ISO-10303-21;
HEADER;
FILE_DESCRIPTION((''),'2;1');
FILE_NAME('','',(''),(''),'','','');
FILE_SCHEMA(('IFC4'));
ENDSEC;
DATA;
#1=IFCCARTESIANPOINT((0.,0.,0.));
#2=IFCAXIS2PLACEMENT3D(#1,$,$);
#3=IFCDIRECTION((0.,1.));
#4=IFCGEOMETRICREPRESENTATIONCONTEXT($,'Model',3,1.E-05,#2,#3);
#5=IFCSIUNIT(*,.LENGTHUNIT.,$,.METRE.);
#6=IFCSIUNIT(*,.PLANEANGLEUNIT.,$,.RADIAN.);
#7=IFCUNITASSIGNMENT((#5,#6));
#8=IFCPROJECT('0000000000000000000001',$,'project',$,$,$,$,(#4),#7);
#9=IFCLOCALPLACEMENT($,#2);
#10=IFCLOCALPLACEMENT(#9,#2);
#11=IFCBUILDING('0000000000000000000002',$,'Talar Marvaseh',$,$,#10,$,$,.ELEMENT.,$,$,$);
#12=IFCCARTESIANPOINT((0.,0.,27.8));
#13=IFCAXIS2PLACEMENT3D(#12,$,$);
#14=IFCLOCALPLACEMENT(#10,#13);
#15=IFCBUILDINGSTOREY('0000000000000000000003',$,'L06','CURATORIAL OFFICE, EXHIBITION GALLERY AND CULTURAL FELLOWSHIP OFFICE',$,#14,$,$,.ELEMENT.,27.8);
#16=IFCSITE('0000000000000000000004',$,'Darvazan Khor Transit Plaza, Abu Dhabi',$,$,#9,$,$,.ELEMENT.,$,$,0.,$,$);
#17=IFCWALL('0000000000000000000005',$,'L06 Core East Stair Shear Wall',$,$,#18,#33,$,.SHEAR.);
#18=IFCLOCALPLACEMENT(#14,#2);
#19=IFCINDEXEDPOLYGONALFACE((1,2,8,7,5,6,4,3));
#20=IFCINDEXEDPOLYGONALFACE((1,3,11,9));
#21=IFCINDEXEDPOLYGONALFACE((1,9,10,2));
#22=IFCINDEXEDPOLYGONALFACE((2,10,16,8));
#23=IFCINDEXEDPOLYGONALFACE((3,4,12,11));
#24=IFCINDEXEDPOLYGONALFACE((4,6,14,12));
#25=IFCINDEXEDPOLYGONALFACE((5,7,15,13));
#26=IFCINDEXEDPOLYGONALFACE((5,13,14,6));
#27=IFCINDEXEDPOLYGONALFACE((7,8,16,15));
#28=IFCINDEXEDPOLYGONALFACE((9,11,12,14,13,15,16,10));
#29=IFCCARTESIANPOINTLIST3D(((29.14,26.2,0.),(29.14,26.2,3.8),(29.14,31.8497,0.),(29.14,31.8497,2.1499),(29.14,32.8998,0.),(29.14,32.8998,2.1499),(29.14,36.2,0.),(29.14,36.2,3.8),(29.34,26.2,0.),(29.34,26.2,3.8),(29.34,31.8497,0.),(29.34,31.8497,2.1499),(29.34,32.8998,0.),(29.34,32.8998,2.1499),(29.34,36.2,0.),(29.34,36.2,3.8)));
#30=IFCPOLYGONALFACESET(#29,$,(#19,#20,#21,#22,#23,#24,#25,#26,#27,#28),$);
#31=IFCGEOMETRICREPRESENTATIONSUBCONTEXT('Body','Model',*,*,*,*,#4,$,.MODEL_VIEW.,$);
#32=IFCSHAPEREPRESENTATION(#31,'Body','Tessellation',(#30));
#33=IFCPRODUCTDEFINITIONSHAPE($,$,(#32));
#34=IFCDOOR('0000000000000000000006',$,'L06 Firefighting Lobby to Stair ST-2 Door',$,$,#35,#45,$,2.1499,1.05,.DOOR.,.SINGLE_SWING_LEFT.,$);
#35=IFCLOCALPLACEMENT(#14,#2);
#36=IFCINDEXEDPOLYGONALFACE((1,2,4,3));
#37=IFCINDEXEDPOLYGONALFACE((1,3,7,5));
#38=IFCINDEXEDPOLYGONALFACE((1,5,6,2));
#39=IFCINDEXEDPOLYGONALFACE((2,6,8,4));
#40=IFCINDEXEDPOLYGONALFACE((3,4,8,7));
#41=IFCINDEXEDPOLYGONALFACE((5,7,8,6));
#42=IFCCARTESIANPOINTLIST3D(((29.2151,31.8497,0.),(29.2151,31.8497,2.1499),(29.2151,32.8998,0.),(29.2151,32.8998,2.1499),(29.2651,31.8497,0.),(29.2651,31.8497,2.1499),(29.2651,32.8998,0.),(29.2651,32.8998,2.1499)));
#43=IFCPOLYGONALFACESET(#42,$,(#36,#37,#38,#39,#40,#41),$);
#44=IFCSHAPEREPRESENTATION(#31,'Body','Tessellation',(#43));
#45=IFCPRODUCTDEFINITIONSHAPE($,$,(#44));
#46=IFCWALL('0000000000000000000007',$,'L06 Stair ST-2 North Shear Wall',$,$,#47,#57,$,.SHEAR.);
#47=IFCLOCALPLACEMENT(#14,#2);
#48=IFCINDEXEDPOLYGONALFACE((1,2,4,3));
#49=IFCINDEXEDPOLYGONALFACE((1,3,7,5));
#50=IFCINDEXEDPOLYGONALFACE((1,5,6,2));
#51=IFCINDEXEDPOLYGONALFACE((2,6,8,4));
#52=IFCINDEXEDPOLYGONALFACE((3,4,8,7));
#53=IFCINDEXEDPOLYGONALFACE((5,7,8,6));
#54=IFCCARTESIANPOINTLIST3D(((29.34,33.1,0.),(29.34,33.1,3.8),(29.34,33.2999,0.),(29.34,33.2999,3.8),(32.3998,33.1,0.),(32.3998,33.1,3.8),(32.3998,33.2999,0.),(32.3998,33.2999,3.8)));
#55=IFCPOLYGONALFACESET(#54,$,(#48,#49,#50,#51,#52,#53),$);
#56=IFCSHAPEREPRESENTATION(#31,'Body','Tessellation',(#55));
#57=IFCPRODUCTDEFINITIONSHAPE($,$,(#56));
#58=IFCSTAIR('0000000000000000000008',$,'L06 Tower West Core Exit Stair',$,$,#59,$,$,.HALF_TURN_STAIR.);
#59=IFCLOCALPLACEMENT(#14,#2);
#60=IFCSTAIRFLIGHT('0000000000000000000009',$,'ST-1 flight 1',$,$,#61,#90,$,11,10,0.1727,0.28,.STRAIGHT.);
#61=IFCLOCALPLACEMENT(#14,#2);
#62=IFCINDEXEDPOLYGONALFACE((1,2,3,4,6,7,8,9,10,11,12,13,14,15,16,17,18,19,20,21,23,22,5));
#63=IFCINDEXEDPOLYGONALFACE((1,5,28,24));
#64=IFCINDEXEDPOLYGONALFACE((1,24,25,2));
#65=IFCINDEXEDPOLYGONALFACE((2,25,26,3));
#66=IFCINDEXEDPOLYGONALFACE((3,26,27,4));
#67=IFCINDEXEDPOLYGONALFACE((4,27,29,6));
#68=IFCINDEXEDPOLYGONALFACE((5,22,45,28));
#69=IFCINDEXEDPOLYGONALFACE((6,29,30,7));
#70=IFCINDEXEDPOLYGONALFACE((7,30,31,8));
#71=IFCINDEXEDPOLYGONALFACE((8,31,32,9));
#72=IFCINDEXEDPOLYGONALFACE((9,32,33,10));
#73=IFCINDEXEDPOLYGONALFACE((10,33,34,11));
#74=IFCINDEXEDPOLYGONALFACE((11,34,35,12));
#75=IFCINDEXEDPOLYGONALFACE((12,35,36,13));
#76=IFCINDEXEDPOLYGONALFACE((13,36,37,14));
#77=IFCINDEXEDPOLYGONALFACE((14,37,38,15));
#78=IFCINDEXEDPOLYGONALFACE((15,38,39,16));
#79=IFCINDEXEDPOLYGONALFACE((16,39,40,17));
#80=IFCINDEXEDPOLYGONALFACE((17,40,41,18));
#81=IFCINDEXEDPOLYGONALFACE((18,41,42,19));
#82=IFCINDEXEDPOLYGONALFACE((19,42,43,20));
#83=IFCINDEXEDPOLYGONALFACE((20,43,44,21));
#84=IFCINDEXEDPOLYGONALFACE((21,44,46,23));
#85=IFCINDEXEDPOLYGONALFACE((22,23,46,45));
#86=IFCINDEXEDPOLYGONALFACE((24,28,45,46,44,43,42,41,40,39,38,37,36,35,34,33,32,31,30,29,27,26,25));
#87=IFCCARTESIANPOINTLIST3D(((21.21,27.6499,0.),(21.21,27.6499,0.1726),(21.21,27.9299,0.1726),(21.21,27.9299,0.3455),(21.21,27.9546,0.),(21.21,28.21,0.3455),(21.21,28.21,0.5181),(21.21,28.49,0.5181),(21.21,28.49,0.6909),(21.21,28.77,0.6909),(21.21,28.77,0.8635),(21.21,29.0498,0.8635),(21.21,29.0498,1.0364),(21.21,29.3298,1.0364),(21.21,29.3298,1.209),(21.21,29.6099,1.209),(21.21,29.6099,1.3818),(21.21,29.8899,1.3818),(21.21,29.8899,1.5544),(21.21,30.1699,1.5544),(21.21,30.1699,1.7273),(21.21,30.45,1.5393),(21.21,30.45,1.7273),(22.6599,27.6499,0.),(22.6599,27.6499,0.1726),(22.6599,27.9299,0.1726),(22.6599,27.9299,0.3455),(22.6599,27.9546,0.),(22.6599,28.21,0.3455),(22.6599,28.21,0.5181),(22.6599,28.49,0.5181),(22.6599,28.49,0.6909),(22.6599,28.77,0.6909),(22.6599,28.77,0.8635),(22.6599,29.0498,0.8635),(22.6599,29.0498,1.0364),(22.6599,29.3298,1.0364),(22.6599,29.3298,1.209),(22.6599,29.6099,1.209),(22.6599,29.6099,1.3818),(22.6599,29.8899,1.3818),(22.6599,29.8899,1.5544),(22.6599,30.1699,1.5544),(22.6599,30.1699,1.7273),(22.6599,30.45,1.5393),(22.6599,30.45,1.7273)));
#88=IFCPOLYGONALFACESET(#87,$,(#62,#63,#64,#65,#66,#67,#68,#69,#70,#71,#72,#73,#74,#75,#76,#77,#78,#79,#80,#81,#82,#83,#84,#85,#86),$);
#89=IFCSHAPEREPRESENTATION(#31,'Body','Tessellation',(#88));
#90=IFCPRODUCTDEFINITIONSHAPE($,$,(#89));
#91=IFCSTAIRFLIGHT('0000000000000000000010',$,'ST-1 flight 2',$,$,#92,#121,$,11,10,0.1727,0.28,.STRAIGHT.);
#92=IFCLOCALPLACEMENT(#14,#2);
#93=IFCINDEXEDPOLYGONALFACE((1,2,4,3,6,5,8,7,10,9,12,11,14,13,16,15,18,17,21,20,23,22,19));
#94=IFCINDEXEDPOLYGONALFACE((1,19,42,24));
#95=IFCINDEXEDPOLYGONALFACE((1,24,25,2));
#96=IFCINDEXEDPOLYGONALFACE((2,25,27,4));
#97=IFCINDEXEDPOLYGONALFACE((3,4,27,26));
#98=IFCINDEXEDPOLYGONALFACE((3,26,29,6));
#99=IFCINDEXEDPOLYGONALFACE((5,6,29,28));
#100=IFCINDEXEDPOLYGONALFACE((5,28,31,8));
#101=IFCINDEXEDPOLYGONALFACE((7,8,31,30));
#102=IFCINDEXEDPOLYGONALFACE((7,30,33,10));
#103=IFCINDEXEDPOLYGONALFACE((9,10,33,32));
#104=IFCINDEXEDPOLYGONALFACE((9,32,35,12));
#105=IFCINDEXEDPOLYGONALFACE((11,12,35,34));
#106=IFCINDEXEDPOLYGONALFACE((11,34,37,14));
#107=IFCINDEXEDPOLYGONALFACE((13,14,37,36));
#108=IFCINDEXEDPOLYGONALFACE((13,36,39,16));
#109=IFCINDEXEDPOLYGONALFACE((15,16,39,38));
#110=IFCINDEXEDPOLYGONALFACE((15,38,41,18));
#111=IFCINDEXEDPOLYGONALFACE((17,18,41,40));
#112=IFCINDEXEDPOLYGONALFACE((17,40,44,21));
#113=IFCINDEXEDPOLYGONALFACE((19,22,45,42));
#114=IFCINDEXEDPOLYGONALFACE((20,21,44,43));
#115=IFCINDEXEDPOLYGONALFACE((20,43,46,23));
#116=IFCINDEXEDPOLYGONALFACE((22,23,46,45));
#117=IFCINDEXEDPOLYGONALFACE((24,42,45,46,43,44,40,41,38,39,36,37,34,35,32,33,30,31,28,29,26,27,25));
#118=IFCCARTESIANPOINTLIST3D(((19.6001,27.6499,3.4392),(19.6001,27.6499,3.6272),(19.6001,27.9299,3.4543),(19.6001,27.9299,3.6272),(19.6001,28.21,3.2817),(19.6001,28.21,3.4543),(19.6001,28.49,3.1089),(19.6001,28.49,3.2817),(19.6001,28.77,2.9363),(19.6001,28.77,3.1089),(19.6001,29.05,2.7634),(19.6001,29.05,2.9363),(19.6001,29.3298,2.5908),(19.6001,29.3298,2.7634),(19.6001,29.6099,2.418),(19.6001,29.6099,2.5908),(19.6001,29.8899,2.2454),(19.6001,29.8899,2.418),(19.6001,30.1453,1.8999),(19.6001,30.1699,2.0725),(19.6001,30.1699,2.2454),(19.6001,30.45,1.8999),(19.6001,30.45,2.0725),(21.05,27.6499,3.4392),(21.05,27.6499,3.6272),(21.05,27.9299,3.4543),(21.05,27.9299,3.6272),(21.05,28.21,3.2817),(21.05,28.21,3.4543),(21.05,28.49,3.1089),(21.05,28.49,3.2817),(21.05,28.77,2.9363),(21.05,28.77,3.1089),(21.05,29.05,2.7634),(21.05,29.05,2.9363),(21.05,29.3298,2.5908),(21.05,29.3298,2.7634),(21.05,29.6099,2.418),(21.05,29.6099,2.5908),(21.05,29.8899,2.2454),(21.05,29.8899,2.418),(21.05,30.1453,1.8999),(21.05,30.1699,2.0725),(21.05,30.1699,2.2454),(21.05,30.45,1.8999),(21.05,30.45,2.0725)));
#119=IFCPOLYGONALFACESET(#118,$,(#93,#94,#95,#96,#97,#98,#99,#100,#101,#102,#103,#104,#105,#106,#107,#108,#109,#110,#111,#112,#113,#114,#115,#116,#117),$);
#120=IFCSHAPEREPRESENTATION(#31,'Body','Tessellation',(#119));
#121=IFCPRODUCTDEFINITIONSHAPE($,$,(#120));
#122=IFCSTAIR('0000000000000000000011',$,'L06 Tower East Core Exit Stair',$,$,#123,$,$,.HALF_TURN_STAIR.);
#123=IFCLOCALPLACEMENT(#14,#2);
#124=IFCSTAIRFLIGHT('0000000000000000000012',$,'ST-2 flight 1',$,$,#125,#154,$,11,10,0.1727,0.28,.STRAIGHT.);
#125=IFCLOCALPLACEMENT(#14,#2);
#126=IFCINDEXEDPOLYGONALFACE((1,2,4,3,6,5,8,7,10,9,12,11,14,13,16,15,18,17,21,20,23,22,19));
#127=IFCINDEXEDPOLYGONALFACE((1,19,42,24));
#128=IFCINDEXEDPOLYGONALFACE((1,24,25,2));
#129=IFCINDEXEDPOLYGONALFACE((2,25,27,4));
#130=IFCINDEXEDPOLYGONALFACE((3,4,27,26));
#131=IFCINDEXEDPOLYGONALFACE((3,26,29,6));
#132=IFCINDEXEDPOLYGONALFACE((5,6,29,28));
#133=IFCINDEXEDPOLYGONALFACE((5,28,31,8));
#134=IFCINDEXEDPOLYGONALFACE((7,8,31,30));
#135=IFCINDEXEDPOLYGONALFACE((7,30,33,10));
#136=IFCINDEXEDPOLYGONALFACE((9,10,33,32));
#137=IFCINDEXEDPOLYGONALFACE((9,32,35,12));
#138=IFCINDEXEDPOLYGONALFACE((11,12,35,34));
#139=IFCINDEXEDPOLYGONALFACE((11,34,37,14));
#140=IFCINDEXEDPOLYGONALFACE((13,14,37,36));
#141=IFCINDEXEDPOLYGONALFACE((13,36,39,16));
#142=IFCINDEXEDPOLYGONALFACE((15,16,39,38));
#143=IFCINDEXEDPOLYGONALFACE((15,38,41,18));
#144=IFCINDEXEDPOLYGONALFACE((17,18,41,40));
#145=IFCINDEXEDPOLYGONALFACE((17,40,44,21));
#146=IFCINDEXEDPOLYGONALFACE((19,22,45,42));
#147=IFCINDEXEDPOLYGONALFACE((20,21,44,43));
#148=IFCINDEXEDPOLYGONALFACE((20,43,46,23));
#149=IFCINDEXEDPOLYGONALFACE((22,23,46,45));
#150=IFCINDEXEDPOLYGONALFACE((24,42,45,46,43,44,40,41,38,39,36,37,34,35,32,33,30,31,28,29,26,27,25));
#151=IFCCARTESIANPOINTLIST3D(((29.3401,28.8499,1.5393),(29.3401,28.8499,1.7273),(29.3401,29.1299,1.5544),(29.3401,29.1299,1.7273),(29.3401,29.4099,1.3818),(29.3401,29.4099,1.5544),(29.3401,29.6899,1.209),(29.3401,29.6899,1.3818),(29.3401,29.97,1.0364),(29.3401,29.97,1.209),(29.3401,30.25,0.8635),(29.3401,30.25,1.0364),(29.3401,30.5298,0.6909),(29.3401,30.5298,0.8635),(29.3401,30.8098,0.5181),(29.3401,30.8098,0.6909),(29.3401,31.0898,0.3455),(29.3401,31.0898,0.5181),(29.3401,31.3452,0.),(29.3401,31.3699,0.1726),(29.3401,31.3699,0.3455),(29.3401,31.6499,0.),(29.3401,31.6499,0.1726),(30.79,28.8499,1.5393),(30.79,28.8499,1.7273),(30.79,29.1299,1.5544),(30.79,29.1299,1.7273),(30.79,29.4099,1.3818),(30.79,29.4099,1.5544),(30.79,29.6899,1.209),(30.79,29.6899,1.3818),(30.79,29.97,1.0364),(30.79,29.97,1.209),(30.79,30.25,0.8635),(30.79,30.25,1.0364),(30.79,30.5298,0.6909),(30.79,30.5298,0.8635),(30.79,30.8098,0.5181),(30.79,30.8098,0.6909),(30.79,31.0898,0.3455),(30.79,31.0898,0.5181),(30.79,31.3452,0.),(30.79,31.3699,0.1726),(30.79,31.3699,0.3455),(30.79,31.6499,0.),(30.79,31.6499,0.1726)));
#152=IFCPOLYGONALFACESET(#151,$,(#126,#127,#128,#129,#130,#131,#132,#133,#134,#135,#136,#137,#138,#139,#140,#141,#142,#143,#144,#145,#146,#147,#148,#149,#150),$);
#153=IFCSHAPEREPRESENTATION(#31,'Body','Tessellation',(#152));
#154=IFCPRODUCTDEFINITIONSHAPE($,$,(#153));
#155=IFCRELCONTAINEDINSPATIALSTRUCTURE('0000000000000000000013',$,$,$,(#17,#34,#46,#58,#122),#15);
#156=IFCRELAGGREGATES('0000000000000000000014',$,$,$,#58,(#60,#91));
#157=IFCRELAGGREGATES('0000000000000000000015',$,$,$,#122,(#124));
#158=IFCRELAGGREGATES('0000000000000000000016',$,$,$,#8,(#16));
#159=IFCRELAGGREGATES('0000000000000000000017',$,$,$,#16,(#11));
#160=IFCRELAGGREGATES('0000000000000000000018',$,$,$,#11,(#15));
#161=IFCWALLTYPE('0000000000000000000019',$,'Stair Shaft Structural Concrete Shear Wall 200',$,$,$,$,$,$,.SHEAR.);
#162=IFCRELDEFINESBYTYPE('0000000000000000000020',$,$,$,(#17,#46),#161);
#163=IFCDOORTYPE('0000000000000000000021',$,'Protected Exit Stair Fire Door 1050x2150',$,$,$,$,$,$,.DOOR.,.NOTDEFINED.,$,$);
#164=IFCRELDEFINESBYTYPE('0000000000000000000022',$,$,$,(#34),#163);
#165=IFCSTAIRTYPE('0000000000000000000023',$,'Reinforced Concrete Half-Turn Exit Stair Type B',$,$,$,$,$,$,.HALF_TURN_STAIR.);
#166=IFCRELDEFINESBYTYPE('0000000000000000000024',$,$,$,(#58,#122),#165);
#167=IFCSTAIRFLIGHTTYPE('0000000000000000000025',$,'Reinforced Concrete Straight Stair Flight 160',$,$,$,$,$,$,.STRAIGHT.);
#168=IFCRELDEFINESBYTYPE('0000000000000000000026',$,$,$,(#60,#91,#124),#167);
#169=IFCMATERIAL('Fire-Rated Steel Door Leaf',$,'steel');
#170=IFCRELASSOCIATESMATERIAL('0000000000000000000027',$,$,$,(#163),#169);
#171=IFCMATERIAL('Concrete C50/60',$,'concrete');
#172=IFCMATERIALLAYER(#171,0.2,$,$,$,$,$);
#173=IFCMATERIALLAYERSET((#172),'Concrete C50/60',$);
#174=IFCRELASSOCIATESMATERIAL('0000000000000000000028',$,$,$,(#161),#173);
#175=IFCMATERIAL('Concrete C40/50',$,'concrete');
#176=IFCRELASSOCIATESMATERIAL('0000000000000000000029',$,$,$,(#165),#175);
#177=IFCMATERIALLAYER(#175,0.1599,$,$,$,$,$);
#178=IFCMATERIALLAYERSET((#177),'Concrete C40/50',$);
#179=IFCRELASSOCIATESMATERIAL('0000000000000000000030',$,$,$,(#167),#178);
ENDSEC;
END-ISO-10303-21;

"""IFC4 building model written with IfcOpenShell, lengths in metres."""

from ifc_helpers import new_model, si_unit, direction, frame, frame_2d, origin, place, context, subcontext, project, spatial, polyline, rectangle, outline, extrude, source, transform, mapped, material, layer, layer_set, type_object, type_shapes, element, fill, aggregate, save


model = new_model("IFC4")

# Units and contexts
model_context = context("Model", 3, precision=1e-05, world=origin(), true_north=direction((0.0, 1.0)))
body_context = subcontext(model_context, "Body", "Model", "MODEL_VIEW")
ifc_project = project(units=[si_unit("LENGTHUNIT", "METRE"), si_unit("PLANEANGLEUNIT", "RADIAN")], contexts=[model_context])

# Site, building, storey
site_placement = place(None, origin())
site = spatial("IfcSite", under=ifc_project, at=site_placement, Name="Darvazan Khor Transit Plaza, Abu Dhabi", CompositionType="ELEMENT", RefElevation=0.0)
building_placement = place(site_placement, origin())
building = spatial("IfcBuilding", under=site, at=building_placement, Name="Talar Marvaseh", CompositionType="ELEMENT")
storey_placement = place(building_placement, frame((0.0, 0.0, 27.8)))
storey = spatial("IfcBuildingStorey", under=building, at=storey_placement, Name="L06", Description="CURATORIAL OFFICE, EXHIBITION GALLERY AND CULTURAL FELLOWSHIP OFFICE", CompositionType="ELEMENT", Elevation=27.8)

# Shared definitions
ifc_material_1 = material(Name="Concrete C40/50", Category="concrete")

# Shared definitions
ifc_material_2 = material(Name="Fire-Rated Steel Door Leaf", Category="steel")

# Shared definitions
door_type_1 = type_object("IfcDoorType", Name="Protected Exit Stair Fire Door 1050x2150", OperationType="NOTDEFINED", PredefinedType="DOOR", material=ifc_material_2)
shared_shape_1 = source(origin(), body_context, "Body", "SweptSolid", [
    extrude(rectangle(XDim=1.05, YDim=2.1499, at=frame_2d((0.5249, 1.075))), frame((0.0, 0.0249, 0.0), z_axis=(0.0, -1.0, 0.0), x_axis=(1.0, 0.0, 0.0)), (0.0, 0.0, 1.0), 0.05),
])
type_shapes(door_type_1, [shared_shape_1])

# Shared definitions
ifc_material_3 = material(Name="Concrete C50/60", Category="concrete")
ifc_layer_1 = layer(ifc_material_3, 0.2)
ifc_layer_set_1 = layer_set([ifc_layer_1], Name="Concrete C50/60")
wall_type_1 = type_object("IfcWallType", Name="Stair Shaft Structural Concrete Shear Wall 200", PredefinedType="SHEAR", material=ifc_layer_set_1)

# Wall, opening, door
wall_1_placement = place(storey_placement, frame((29.24, 26.2, 0.0), z_axis=(0.0, 0.0, 1.0), x_axis=(0.0, 1.0, 0.0)))
wall_1 = element("IfcWall", 1, at=wall_1_placement, inside=storey, type_object=wall_type_1, Name="L06 Core East Stair Shear Wall", PredefinedType="SHEAR", context=body_context, shape_type="SweptSolid", body=[
    extrude(rectangle(XDim=10.0, YDim=0.2, at=frame_2d((5.0, 0.0))), origin(), (0.0, 0.0, 1.0), 3.8),
])
opening_1_placement = place(wall_1_placement, frame((5.6499, 0.0, 0.0)))
opening_1 = element("IfcOpeningElement", 2, at=opening_1_placement, cuts=wall_1, PredefinedType="OPENING", context=body_context, shape_type="SweptSolid", body=[
    extrude(rectangle(XDim=1.05, YDim=2.1499, at=frame_2d((0.5249, 1.075))), frame((0.0, 0.1099, 0.0), z_axis=(0.0, -1.0, 0.0), x_axis=(1.0, 0.0, 0.0)), (0.0, 0.0, 1.0), 0.22),
])
door_1_placement = place(opening_1_placement, origin())
door_1 = element("IfcDoor", 3, at=door_1_placement, inside=storey, type_object=door_type_1, Name="L06 Firefighting Lobby to Stair ST-2 Door", OperationType="SINGLE_SWING_LEFT", OverallHeight=2.1499, OverallWidth=1.05, PredefinedType="DOOR", context=body_context, shape_type="MappedRepresentation", body=[
    mapped(shared_shape_1, transform((0.0, 0.0, 0.0), x_axis=(1.0, 0.0, 0.0), y_axis=(0.0, 1.0, 0.0), z_axis=(0.0, 0.0, 1.0), scale=1.0)),
])
fill(opening_1, door_1)

# Wall
wall_2_placement = place(storey_placement, frame((29.3401, 33.2, 0.0), z_axis=(0.0, 0.0, 1.0), x_axis=(1.0, 0.0, 0.0)))
element("IfcWall", 4, at=wall_2_placement, inside=storey, type_object=wall_type_1, Name="L06 Stair ST-2 North Shear Wall", PredefinedType="SHEAR", context=body_context, shape_type="SweptSolid", body=[
    extrude(rectangle(XDim=3.0598, YDim=0.2, at=frame_2d((1.5298, 0.0))), origin(), (0.0, 0.0, 1.0), 3.8),
])

# Stairs, stair flights
stair_type = type_object("IfcStairType", Name="Reinforced Concrete Half-Turn Exit Stair Type B", PredefinedType="HALF_TURN_STAIR", material=ifc_material_1)
stair_1_placement = place(storey_placement, origin())
stair_1 = element("IfcStair", 5, at=stair_1_placement, inside=storey, type_object=stair_type, Name="L06 Tower West Core Exit Stair", PredefinedType="HALF_TURN_STAIR")
ifc_layer_2 = layer(ifc_material_1, 0.1599)
ifc_layer_set_2 = layer_set([ifc_layer_2], Name="Concrete C40/50")
stair_flight_type = type_object("IfcStairFlightType", Name="Reinforced Concrete Straight Stair Flight 160", PredefinedType="STRAIGHT", material=ifc_layer_set_2)
stair_flight_1_placement = place(storey_placement, frame((21.9351, 27.6499, 0.0), z_axis=(0.0, 0.0, 1.0), x_axis=(0.0, 1.0, 0.0)))
stair_flight_1 = element("IfcStairFlight", 6, at=stair_flight_1_placement, type_object=stair_flight_type, Name="ST-1 flight 1", NumberOfRisers=11, NumberOfTreads=10, PredefinedType="STRAIGHT", RiserHeight=0.1727, TreadLength=0.28, context=body_context, shape_type="SweptSolid", body=[
    extrude(outline(polyline([(0.0, 0.0), (0.0, 0.1726), (0.28, 0.1726), (0.28, 0.3455), (0.5601, 0.3455), (0.5601, 0.5181), (0.8401, 0.5181), (0.8401, 0.6909), (1.1201, 0.6909), (1.1201, 0.8635), (1.3999, 0.8635), (1.3999, 1.0364), (1.6799, 1.0364), (1.6799, 1.209), (1.96, 1.209), (1.96, 1.3818), (2.24, 1.3818), (2.24, 1.5544), (2.52, 1.5544), (2.52, 1.7273), (2.8, 1.7273), (2.8, 1.8999), (2.8, 1.5393), (0.3047, 0.0), (0.0, 0.0)])), frame((0.0, 0.7251, 0.0), z_axis=(0.0, -1.0, 0.0), x_axis=(1.0, 0.0, 0.0)), (0.0, 0.0, 1.0), 1.45),
])
stair_flight_2_placement = place(storey_placement, frame((20.325, 30.45, 1.8999), z_axis=(0.0, 0.0, 1.0), x_axis=(0.0, -1.0, 0.0)))
stair_flight_2 = element("IfcStairFlight", 7, at=stair_flight_2_placement, type_object=stair_flight_type, Name="ST-1 flight 2", NumberOfRisers=11, NumberOfTreads=10, PredefinedType="STRAIGHT", RiserHeight=0.1727, TreadLength=0.28, context=body_context, shape_type="SweptSolid", body=[
    extrude(outline(polyline([(0.0, 0.0), (0.0, 0.1726), (0.28, 0.1726), (0.28, 0.3455), (0.5601, 0.3455), (0.5601, 0.5181), (0.8401, 0.5181), (0.8401, 0.6909), (1.1201, 0.6909), (1.1201, 0.8635), (1.3999, 0.8635), (1.3999, 1.0364), (1.6799, 1.0364), (1.6799, 1.209), (1.96, 1.209), (1.96, 1.3818), (2.24, 1.3818), (2.24, 1.5544), (2.52, 1.5544), (2.52, 1.7273), (2.8, 1.7273), (2.8, 1.8999), (2.8, 1.5393), (0.3047, 0.0), (0.0, 0.0)])), frame((0.0, 0.7251, 0.0), z_axis=(0.0, -1.0, 0.0), x_axis=(1.0, 0.0, 0.0)), (0.0, 0.0, 1.0), 1.45),
])
aggregate(stair_1, [stair_flight_1, stair_flight_2])
stair_2_placement = place(storey_placement, origin())
stair_2 = element("IfcStair", 8, at=stair_2_placement, inside=storey, type_object=stair_type, Name="L06 Tower East Core Exit Stair", PredefinedType="HALF_TURN_STAIR")
stair_flight_3_placement = place(storey_placement, frame((30.0649, 31.6499, 0.0), z_axis=(0.0, 0.0, 1.0), x_axis=(0.0, -1.0, 0.0)))
stair_flight_3 = element("IfcStairFlight", 9, at=stair_flight_3_placement, type_object=stair_flight_type, Name="ST-2 flight 1", NumberOfRisers=11, NumberOfTreads=10, PredefinedType="STRAIGHT", RiserHeight=0.1727, TreadLength=0.28, context=body_context, shape_type="SweptSolid", body=[
    extrude(outline(polyline([(0.0, 0.0), (0.0, 0.1726), (0.28, 0.1726), (0.28, 0.3455), (0.5601, 0.3455), (0.5601, 0.5181), (0.8401, 0.5181), (0.8401, 0.6909), (1.1201, 0.6909), (1.1201, 0.8635), (1.3999, 0.8635), (1.3999, 1.0364), (1.6799, 1.0364), (1.6799, 1.209), (1.96, 1.209), (1.96, 1.3818), (2.24, 1.3818), (2.24, 1.5544), (2.52, 1.5544), (2.52, 1.7273), (2.8, 1.7273), (2.8, 1.8999), (2.8, 1.5393), (0.3047, 0.0), (0.0, 0.0)])), frame((0.0, 0.7251, 0.0), z_axis=(0.0, -1.0, 0.0), x_axis=(1.0, 0.0, 0.0)), (0.0, 0.0, 1.0), 1.45),
])
aggregate(stair_2, [stair_flight_3])

save(model, "model.ifc")
